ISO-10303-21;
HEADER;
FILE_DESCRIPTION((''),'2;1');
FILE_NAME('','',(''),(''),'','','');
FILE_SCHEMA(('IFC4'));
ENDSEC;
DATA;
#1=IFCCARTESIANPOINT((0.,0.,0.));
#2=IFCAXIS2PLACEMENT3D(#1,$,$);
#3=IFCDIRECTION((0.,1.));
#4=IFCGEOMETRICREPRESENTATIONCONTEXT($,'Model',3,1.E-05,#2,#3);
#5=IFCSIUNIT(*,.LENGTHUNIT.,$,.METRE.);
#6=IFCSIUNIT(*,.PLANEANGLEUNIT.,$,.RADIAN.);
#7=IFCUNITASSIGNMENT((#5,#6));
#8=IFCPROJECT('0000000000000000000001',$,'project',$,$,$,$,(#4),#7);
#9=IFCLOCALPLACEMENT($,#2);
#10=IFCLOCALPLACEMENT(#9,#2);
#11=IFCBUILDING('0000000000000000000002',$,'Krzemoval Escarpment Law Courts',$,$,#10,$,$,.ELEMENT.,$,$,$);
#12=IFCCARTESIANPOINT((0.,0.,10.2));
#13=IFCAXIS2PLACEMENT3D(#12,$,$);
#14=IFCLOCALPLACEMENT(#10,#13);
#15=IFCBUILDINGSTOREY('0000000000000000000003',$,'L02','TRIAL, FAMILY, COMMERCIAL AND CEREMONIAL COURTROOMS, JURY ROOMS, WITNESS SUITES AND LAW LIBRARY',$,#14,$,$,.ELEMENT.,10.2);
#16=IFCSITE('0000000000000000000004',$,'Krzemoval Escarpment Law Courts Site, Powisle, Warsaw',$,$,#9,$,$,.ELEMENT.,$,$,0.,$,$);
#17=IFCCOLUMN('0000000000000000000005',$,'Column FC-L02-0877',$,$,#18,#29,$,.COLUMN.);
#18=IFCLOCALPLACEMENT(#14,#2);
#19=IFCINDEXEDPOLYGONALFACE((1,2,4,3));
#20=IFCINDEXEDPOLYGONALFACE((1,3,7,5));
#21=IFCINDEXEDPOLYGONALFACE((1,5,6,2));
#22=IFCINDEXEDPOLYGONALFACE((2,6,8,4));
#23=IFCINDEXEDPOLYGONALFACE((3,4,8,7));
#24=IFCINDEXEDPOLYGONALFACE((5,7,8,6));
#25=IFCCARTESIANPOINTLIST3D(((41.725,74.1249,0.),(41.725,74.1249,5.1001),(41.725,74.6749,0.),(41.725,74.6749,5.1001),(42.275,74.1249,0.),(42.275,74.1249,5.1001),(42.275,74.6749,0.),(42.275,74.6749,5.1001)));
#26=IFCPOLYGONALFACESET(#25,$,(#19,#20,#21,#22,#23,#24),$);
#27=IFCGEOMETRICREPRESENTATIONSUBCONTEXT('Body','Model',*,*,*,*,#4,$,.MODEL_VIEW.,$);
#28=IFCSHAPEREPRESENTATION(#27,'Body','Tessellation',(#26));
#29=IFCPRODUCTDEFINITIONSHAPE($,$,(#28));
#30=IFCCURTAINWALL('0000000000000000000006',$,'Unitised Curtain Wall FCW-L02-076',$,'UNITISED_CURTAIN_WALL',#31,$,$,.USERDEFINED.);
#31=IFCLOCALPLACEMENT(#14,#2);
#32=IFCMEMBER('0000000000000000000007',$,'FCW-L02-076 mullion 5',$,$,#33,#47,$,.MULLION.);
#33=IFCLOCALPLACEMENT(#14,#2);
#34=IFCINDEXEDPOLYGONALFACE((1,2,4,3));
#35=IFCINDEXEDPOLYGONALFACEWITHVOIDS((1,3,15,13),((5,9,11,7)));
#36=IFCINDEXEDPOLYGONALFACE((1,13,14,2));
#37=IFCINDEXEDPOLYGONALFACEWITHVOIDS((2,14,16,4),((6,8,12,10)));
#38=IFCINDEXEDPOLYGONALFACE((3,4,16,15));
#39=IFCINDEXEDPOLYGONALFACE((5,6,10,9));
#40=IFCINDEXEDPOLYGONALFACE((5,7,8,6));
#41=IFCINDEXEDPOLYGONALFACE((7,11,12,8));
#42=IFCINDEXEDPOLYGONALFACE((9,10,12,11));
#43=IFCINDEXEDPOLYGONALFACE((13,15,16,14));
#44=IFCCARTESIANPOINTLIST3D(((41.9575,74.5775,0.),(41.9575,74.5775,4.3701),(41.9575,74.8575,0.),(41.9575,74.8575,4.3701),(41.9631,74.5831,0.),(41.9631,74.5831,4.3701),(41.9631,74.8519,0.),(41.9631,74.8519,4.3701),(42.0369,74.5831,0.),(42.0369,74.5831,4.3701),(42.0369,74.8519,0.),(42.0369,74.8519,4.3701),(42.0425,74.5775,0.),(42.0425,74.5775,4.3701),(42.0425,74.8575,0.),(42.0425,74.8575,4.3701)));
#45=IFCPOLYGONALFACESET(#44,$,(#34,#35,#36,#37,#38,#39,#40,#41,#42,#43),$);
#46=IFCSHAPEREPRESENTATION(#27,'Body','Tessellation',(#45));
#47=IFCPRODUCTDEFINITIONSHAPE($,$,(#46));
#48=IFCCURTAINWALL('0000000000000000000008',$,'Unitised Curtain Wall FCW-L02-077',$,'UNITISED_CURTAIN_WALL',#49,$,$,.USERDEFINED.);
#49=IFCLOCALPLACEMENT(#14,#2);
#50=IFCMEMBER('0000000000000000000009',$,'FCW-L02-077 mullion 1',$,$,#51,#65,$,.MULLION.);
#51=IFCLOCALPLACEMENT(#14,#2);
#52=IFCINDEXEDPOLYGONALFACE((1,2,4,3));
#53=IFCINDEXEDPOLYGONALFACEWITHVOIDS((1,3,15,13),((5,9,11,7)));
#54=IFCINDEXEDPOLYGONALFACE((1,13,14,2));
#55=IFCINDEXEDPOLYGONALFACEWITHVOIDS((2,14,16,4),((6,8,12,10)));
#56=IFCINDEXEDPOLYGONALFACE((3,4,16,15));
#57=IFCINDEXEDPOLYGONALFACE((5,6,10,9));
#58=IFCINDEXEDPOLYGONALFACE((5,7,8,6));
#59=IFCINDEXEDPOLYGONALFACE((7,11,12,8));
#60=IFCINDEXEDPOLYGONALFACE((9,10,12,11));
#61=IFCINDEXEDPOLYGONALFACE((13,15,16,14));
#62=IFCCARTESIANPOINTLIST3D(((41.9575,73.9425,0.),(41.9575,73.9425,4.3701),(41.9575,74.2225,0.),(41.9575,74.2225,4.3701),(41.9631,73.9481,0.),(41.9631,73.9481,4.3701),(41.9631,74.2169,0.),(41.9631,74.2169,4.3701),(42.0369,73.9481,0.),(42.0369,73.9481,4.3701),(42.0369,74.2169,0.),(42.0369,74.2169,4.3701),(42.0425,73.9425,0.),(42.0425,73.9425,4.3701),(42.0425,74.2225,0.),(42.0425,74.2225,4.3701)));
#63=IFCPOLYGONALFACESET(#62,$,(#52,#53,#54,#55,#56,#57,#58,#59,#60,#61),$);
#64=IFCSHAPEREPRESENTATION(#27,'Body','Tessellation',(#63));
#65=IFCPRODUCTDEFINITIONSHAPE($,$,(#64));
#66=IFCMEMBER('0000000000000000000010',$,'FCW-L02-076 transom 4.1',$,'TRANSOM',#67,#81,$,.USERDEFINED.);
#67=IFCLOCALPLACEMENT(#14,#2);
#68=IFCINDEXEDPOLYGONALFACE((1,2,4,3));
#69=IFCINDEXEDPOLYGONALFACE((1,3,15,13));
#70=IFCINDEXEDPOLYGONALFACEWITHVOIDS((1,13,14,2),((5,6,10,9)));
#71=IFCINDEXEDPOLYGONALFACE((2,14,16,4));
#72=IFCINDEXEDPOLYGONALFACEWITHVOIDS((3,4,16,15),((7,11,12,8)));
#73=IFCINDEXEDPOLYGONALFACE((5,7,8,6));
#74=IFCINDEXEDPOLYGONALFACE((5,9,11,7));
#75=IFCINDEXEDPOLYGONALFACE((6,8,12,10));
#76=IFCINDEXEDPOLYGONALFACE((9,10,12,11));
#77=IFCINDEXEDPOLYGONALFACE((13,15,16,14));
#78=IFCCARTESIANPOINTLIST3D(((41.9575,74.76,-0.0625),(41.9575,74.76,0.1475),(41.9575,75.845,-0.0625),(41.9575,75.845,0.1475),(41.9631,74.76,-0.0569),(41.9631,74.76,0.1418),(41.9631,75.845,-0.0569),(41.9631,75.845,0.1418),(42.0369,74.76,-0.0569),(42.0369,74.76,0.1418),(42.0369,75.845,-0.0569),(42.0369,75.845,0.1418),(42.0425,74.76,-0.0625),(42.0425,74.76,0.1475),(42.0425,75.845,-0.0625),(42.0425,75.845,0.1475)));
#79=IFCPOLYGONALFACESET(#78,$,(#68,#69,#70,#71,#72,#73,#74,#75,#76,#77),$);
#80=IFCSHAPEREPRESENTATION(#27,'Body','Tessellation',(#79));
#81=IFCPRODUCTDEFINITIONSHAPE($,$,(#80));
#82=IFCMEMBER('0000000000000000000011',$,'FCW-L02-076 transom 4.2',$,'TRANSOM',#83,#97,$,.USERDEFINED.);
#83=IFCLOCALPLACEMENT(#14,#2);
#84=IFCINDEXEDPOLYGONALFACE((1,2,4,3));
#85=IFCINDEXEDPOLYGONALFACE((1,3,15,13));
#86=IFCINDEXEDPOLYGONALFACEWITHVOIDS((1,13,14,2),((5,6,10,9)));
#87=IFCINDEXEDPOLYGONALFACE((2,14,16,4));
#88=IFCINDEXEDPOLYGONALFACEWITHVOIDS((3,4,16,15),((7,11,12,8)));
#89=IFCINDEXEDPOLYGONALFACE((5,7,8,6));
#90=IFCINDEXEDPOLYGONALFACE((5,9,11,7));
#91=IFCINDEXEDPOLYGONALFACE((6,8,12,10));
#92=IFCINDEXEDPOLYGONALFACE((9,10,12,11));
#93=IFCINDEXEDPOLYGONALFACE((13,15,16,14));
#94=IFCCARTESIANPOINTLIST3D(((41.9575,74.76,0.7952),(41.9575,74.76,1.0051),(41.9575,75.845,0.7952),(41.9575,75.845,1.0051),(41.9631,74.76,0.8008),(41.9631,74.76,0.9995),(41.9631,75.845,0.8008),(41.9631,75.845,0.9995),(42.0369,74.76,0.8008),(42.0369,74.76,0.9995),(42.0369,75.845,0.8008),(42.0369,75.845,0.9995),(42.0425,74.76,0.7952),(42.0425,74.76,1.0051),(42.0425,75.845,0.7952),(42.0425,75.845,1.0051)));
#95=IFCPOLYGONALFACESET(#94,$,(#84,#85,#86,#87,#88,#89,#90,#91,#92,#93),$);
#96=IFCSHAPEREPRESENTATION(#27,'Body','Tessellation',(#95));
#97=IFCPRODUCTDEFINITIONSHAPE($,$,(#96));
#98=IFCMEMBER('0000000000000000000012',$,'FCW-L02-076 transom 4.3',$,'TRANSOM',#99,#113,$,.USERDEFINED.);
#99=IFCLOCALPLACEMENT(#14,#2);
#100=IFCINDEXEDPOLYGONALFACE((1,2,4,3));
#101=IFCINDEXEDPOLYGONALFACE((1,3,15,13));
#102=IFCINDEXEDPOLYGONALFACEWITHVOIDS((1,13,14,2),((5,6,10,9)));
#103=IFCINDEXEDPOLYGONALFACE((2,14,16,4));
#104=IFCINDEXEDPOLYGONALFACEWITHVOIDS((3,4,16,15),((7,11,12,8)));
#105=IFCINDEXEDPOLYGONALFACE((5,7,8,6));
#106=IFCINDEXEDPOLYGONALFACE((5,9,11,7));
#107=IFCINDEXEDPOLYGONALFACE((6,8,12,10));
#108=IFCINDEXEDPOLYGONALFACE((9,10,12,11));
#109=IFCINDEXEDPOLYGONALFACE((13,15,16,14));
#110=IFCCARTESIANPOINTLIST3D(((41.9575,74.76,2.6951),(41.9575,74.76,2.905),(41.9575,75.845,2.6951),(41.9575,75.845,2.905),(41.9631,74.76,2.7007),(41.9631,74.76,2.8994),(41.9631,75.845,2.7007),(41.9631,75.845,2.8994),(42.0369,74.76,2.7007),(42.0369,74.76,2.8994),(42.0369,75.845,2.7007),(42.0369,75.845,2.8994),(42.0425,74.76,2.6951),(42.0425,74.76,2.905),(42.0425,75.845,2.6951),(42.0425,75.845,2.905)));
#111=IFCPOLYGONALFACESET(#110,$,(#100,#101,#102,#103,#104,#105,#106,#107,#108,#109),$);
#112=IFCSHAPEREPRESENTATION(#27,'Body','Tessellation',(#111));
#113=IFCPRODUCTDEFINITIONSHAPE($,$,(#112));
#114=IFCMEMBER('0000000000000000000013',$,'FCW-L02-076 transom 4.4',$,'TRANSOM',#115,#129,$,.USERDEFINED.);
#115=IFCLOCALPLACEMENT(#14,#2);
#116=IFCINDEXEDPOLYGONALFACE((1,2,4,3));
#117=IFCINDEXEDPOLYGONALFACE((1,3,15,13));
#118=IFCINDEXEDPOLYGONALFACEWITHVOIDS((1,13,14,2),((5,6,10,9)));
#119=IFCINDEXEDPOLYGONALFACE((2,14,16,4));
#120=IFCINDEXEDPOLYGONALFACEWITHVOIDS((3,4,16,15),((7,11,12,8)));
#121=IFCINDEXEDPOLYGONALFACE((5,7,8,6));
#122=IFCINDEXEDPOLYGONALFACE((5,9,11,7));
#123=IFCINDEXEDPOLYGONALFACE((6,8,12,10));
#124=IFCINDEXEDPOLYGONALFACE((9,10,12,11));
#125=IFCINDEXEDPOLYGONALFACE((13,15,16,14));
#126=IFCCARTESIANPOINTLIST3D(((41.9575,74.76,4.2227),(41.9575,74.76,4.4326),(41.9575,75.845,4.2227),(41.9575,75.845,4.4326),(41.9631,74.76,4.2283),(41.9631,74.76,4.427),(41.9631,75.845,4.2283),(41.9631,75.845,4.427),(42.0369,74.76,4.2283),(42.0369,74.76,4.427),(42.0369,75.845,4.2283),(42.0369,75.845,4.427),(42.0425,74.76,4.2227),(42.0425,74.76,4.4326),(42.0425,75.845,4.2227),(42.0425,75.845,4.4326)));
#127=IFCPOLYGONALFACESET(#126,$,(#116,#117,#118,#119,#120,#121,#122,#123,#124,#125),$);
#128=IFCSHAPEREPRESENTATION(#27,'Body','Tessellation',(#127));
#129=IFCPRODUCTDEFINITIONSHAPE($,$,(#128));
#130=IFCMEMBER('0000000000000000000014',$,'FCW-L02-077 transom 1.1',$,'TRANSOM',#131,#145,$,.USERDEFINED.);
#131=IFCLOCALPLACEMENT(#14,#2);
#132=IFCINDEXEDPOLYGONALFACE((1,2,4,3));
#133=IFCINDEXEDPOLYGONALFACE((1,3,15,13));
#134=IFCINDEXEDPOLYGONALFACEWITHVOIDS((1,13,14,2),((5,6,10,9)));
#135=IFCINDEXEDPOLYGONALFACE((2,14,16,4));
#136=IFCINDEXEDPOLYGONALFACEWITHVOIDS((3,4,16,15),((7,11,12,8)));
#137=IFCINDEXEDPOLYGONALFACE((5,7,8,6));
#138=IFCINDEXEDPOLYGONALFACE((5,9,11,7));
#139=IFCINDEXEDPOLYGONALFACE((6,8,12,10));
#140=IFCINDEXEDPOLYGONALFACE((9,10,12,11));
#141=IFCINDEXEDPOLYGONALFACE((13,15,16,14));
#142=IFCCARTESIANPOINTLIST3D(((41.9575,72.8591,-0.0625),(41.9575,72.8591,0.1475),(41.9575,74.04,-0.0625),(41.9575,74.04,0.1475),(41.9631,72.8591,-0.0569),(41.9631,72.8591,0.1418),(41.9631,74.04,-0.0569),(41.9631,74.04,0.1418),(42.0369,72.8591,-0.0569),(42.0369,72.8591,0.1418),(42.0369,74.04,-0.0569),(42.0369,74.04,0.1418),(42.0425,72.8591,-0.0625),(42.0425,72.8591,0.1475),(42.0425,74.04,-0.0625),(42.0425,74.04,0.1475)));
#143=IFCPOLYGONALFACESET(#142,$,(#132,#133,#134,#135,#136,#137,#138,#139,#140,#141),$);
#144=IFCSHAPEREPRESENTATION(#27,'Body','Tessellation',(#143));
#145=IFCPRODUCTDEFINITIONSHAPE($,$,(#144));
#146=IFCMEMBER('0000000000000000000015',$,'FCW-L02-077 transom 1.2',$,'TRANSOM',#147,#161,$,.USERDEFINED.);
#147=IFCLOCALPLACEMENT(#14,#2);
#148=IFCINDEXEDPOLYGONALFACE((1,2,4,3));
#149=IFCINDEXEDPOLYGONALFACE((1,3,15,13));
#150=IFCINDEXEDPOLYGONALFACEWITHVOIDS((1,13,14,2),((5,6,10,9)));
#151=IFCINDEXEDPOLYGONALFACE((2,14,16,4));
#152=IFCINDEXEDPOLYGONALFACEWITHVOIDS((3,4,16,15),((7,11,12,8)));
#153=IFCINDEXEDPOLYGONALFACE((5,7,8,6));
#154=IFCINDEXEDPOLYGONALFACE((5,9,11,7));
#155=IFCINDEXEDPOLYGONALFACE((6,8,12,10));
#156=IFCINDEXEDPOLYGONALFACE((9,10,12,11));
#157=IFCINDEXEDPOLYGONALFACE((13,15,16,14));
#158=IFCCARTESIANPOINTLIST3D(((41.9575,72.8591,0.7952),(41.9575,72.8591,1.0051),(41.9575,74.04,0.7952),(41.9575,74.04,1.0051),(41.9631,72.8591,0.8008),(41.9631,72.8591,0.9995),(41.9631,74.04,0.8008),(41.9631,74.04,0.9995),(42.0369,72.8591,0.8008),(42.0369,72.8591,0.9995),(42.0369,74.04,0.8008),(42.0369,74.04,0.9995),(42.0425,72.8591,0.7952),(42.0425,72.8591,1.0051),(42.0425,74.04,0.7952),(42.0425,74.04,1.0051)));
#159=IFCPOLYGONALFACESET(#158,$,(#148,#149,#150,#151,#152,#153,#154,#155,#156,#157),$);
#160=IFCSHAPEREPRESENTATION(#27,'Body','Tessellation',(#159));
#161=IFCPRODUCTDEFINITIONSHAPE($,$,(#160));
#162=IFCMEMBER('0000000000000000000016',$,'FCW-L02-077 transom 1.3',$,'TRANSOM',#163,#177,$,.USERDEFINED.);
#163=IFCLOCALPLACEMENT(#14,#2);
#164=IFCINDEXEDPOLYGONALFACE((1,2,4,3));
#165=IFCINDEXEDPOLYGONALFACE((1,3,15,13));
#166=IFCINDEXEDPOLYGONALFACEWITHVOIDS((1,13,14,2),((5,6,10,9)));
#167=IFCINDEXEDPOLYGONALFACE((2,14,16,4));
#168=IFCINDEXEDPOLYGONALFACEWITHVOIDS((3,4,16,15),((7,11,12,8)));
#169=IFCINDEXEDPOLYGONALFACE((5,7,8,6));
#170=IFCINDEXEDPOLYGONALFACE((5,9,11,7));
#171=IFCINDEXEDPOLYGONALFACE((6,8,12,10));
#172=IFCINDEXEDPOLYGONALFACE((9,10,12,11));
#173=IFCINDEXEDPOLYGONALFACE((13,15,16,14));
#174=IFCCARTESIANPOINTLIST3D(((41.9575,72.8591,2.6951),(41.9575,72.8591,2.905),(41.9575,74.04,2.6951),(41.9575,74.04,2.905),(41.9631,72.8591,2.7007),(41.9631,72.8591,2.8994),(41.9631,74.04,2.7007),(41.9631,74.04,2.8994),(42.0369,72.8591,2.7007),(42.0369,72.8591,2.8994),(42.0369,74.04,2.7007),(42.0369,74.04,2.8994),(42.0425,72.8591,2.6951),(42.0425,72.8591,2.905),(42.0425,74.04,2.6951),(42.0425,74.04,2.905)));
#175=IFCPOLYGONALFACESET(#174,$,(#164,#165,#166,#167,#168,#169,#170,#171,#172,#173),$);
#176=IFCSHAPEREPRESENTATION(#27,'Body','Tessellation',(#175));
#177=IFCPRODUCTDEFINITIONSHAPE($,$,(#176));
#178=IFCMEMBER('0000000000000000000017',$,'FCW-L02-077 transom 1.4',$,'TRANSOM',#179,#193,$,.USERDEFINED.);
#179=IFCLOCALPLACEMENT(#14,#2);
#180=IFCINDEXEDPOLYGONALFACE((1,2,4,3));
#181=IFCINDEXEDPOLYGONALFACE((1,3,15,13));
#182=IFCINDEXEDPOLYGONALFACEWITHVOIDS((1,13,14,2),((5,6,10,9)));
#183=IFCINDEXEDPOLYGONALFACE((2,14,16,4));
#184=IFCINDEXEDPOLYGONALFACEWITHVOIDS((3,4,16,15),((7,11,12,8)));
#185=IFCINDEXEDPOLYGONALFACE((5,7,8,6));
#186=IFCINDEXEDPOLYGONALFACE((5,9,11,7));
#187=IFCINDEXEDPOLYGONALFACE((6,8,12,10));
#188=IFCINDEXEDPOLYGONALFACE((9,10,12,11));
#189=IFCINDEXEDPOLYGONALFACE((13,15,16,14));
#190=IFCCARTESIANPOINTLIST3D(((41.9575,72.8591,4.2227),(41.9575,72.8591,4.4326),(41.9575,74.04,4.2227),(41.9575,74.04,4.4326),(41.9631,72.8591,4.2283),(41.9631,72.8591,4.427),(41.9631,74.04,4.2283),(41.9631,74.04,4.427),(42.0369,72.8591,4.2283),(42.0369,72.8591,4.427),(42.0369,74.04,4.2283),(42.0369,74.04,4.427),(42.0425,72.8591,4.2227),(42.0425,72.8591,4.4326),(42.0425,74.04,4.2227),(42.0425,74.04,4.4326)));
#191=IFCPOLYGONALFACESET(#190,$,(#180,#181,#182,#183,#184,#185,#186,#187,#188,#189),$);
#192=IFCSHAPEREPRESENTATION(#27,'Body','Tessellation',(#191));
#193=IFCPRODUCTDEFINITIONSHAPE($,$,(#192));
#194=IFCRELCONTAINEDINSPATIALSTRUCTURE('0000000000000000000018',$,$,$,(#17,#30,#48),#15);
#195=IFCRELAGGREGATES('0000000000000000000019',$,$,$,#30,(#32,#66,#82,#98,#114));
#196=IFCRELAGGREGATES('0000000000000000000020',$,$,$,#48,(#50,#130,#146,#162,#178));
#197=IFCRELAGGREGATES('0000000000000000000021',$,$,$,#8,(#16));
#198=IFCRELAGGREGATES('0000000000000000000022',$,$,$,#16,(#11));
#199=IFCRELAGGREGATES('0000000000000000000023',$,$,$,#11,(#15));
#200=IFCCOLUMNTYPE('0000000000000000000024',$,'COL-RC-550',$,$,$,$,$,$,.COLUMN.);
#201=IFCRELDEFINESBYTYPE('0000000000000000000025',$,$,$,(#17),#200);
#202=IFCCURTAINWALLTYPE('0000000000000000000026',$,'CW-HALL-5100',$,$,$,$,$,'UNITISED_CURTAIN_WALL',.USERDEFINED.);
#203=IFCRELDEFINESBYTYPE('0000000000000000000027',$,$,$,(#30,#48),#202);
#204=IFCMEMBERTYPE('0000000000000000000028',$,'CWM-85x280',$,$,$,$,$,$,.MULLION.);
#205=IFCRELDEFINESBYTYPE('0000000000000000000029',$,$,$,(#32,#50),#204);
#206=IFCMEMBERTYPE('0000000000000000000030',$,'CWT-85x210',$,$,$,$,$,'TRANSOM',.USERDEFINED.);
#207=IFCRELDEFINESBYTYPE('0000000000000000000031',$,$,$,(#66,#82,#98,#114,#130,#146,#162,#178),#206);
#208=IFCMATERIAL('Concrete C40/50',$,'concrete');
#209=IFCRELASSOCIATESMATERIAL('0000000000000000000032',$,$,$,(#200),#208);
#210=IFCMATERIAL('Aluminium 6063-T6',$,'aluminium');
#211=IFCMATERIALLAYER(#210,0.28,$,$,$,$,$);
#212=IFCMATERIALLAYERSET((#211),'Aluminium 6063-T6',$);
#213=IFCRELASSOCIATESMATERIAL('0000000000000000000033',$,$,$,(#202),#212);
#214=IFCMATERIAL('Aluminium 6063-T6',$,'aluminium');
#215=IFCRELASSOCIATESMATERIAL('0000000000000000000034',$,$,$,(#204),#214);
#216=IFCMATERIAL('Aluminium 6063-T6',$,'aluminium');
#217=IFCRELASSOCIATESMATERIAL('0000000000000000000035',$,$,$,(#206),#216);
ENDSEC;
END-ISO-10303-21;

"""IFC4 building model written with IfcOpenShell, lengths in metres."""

from ifc_helpers import new_model, si_unit, direction, frame, origin, origin_2d, place, context, subcontext, project, spatial, rectangle, hollow_rectangle, extrude, material, layer, layer_set, material_profile, profile_set, type_object, element, aggregate, save


model = new_model("IFC4")

# Units and contexts
model_context = context("Model", 3, precision=1e-05, world=origin(), true_north=direction((0.0, 1.0)))
body_context = subcontext(model_context, "Body", "Model", "MODEL_VIEW")
ifc_project = project(units=[si_unit("LENGTHUNIT", "METRE"), si_unit("PLANEANGLEUNIT", "RADIAN")], contexts=[model_context])

# Site, building, storey
site_placement = place(None, origin())
site = spatial("IfcSite", under=ifc_project, at=site_placement, Name="Krzemoval Escarpment Law Courts Site, Powisle, Warsaw", CompositionType="ELEMENT", RefElevation=0.0)
building_placement = place(site_placement, origin())
building = spatial("IfcBuilding", under=site, at=building_placement, Name="Krzemoval Escarpment Law Courts", CompositionType="ELEMENT")
storey_placement = place(building_placement, frame((0.0, 0.0, 10.2)))
storey = spatial("IfcBuildingStorey", under=building, at=storey_placement, Name="L02", Description="TRIAL, FAMILY, COMMERCIAL AND CEREMONIAL COURTROOMS, JURY ROOMS, WITNESS SUITES AND LAW LIBRARY", CompositionType="ELEMENT", Elevation=10.2)

# Column
ifc_material_1 = material(Name="Concrete C40/50", Category="concrete")
ifc_material_profile_1 = material_profile(ifc_material_1, rectangle(XDim=0.55, YDim=0.55, at=origin_2d()), Name="RC 550x550")
ifc_profile_set_1 = profile_set([ifc_material_profile_1], Name="Concrete C40/50")
column_type = type_object("IfcColumnType", Name="COL-RC-550", PredefinedType="COLUMN", material=ifc_profile_set_1)
column_placement = place(storey_placement, frame((42.0, 74.3999, 0.0), z_axis=(0.0, 0.0, 1.0), x_axis=(1.0, 0.0, 0.0)))
element("IfcColumn", 1, at=column_placement, inside=storey, type_object=column_type, Name="Column FC-L02-0877", PredefinedType="COLUMN", context=body_context, shape_type="SweptSolid", body=[
    extrude(rectangle(XDim=0.55, YDim=0.55, at=origin_2d()), origin(), (0.0, 0.0, 1.0), 5.1001),
])

# Curtain walls, members
ifc_material_2 = material(Name="Aluminium 6063-T6", Category="aluminium")
ifc_layer_1 = layer(ifc_material_2, 0.28)
ifc_layer_set_1 = layer_set([ifc_layer_1], Name="Aluminium 6063-T6")
curtain_wall_type = type_object("IfcCurtainWallType", Name="CW-HALL-5100", ElementType="UNITISED_CURTAIN_WALL", PredefinedType="USERDEFINED", material=ifc_layer_set_1)
curtain_wall_1_placement = place(storey_placement, origin())
curtain_wall_1 = element("IfcCurtainWall", 2, at=curtain_wall_1_placement, inside=storey, type_object=curtain_wall_type, Name="Unitised Curtain Wall FCW-L02-076", ObjectType="UNITISED_CURTAIN_WALL", PredefinedType="USERDEFINED")
ifc_material_3 = material(Name="Aluminium 6063-T6", Category="aluminium")
ifc_material_profile_2 = material_profile(ifc_material_3, hollow_rectangle(XDim=0.085, YDim=0.28, WallThickness=0.0056, at=origin_2d()), Name="ALU M85x280")
ifc_profile_set_2 = profile_set([ifc_material_profile_2], Name="Aluminium 6063-T6")
member_type_1 = type_object("IfcMemberType", Name="CWM-85x280", PredefinedType="MULLION", material=ifc_profile_set_2)
member_1_placement = place(storey_placement, frame((42.0, 74.7175, 0.0), z_axis=(0.0, 0.0, 1.0), x_axis=(1.0, 0.0, 0.0)))
member_1 = element("IfcMember", 3, at=member_1_placement, type_object=member_type_1, Name="FCW-L02-076 mullion 5", PredefinedType="MULLION", context=body_context, shape_type="SweptSolid", body=[
    extrude(hollow_rectangle(XDim=0.085, YDim=0.28, WallThickness=0.0056, at=origin_2d()), origin(), (0.0, 0.0, 1.0), 4.3701),
])
curtain_wall_2_placement = place(storey_placement, origin())
curtain_wall_2 = element("IfcCurtainWall", 4, at=curtain_wall_2_placement, inside=storey, type_object=curtain_wall_type, Name="Unitised Curtain Wall FCW-L02-077", ObjectType="UNITISED_CURTAIN_WALL", PredefinedType="USERDEFINED")
member_2_placement = place(storey_placement, frame((42.0, 74.0825, 0.0), z_axis=(0.0, 0.0, 1.0), x_axis=(1.0, 0.0, 0.0)))
member_2 = element("IfcMember", 5, at=member_2_placement, type_object=member_type_1, Name="FCW-L02-077 mullion 1", PredefinedType="MULLION", context=body_context, shape_type="SweptSolid", body=[
    extrude(hollow_rectangle(XDim=0.085, YDim=0.28, WallThickness=0.0056, at=origin_2d()), origin(), (0.0, 0.0, 1.0), 4.3701),
])

# Members
ifc_material_4 = material(Name="Aluminium 6063-T6", Category="aluminium")
ifc_material_profile_3 = material_profile(ifc_material_4, hollow_rectangle(XDim=0.085, YDim=0.21, WallThickness=0.0056, at=origin_2d()), Name="ALU T85x210")
ifc_profile_set_3 = profile_set([ifc_material_profile_3], Name="Aluminium 6063-T6")
member_type_2 = type_object("IfcMemberType", Name="CWT-85x210", ElementType="TRANSOM", PredefinedType="USERDEFINED", material=ifc_profile_set_3)
member_3_placement = place(storey_placement, frame((42.0, 75.845, 0.0425), z_axis=(0.0, -1.0, 0.0), x_axis=(1.0, 0.0, 0.0)))
member_3 = element("IfcMember", 6, at=member_3_placement, type_object=member_type_2, Name="FCW-L02-076 transom 4.1", ObjectType="TRANSOM", PredefinedType="USERDEFINED", context=body_context, shape_type="SweptSolid", body=[
    extrude(hollow_rectangle(XDim=0.085, YDim=0.21, WallThickness=0.0056, at=origin_2d()), origin(), (0.0, 0.0, 1.0), 1.085),
])
member_4_placement = place(storey_placement, frame((42.0, 75.845, 0.9001), z_axis=(0.0, -1.0, 0.0), x_axis=(1.0, 0.0, 0.0)))
member_4 = element("IfcMember", 7, at=member_4_placement, type_object=member_type_2, Name="FCW-L02-076 transom 4.2", ObjectType="TRANSOM", PredefinedType="USERDEFINED", context=body_context, shape_type="SweptSolid", body=[
    extrude(hollow_rectangle(XDim=0.085, YDim=0.21, WallThickness=0.0056, at=origin_2d()), origin(), (0.0, 0.0, 1.0), 1.085),
])
member_5_placement = place(storey_placement, frame((42.0, 75.845, 2.8), z_axis=(0.0, -1.0, 0.0), x_axis=(1.0, 0.0, 0.0)))
member_5 = element("IfcMember", 8, at=member_5_placement, type_object=member_type_2, Name="FCW-L02-076 transom 4.3", ObjectType="TRANSOM", PredefinedType="USERDEFINED", context=body_context, shape_type="SweptSolid", body=[
    extrude(hollow_rectangle(XDim=0.085, YDim=0.21, WallThickness=0.0056, at=origin_2d()), origin(), (0.0, 0.0, 1.0), 1.085),
])
member_6_placement = place(storey_placement, frame((42.0, 75.845, 4.3276), z_axis=(0.0, -1.0, 0.0), x_axis=(1.0, 0.0, 0.0)))
member_6 = element("IfcMember", 9, at=member_6_placement, type_object=member_type_2, Name="FCW-L02-076 transom 4.4", ObjectType="TRANSOM", PredefinedType="USERDEFINED", context=body_context, shape_type="SweptSolid", body=[
    extrude(hollow_rectangle(XDim=0.085, YDim=0.21, WallThickness=0.0056, at=origin_2d()), origin(), (0.0, 0.0, 1.0), 1.085),
])
member_7_placement = place(storey_placement, frame((42.0, 74.04, 0.0425), z_axis=(0.0, -1.0, 0.0), x_axis=(1.0, 0.0, 0.0)))
member_7 = element("IfcMember", 10, at=member_7_placement, type_object=member_type_2, Name="FCW-L02-077 transom 1.1", ObjectType="TRANSOM", PredefinedType="USERDEFINED", context=body_context, shape_type="SweptSolid", body=[
    extrude(hollow_rectangle(XDim=0.085, YDim=0.21, WallThickness=0.0056, at=origin_2d()), origin(), (0.0, 0.0, 1.0), 1.1809),
])
member_8_placement = place(storey_placement, frame((42.0, 74.04, 0.9001), z_axis=(0.0, -1.0, 0.0), x_axis=(1.0, 0.0, 0.0)))
member_8 = element("IfcMember", 11, at=member_8_placement, type_object=member_type_2, Name="FCW-L02-077 transom 1.2", ObjectType="TRANSOM", PredefinedType="USERDEFINED", context=body_context, shape_type="SweptSolid", body=[
    extrude(hollow_rectangle(XDim=0.085, YDim=0.21, WallThickness=0.0056, at=origin_2d()), origin(), (0.0, 0.0, 1.0), 1.1809),
])
member_9_placement = place(storey_placement, frame((42.0, 74.04, 2.8), z_axis=(0.0, -1.0, 0.0), x_axis=(1.0, 0.0, 0.0)))
member_9 = element("IfcMember", 12, at=member_9_placement, type_object=member_type_2, Name="FCW-L02-077 transom 1.3", ObjectType="TRANSOM", PredefinedType="USERDEFINED", context=body_context, shape_type="SweptSolid", body=[
    extrude(hollow_rectangle(XDim=0.085, YDim=0.21, WallThickness=0.0056, at=origin_2d()), origin(), (0.0, 0.0, 1.0), 1.1809),
])
member_10_placement = place(storey_placement, frame((42.0, 74.04, 4.3276), z_axis=(0.0, -1.0, 0.0), x_axis=(1.0, 0.0, 0.0)))
member_10 = element("IfcMember", 13, at=member_10_placement, type_object=member_type_2, Name="FCW-L02-077 transom 1.4", ObjectType="TRANSOM", PredefinedType="USERDEFINED", context=body_context, shape_type="SweptSolid", body=[
    extrude(hollow_rectangle(XDim=0.085, YDim=0.21, WallThickness=0.0056, at=origin_2d()), origin(), (0.0, 0.0, 1.0), 1.1809),
])

aggregate(curtain_wall_1, [member_1, member_3, member_4, member_5, member_6])
aggregate(curtain_wall_2, [member_2, member_7, member_8, member_9, member_10])

save(model, "model.ifc")
